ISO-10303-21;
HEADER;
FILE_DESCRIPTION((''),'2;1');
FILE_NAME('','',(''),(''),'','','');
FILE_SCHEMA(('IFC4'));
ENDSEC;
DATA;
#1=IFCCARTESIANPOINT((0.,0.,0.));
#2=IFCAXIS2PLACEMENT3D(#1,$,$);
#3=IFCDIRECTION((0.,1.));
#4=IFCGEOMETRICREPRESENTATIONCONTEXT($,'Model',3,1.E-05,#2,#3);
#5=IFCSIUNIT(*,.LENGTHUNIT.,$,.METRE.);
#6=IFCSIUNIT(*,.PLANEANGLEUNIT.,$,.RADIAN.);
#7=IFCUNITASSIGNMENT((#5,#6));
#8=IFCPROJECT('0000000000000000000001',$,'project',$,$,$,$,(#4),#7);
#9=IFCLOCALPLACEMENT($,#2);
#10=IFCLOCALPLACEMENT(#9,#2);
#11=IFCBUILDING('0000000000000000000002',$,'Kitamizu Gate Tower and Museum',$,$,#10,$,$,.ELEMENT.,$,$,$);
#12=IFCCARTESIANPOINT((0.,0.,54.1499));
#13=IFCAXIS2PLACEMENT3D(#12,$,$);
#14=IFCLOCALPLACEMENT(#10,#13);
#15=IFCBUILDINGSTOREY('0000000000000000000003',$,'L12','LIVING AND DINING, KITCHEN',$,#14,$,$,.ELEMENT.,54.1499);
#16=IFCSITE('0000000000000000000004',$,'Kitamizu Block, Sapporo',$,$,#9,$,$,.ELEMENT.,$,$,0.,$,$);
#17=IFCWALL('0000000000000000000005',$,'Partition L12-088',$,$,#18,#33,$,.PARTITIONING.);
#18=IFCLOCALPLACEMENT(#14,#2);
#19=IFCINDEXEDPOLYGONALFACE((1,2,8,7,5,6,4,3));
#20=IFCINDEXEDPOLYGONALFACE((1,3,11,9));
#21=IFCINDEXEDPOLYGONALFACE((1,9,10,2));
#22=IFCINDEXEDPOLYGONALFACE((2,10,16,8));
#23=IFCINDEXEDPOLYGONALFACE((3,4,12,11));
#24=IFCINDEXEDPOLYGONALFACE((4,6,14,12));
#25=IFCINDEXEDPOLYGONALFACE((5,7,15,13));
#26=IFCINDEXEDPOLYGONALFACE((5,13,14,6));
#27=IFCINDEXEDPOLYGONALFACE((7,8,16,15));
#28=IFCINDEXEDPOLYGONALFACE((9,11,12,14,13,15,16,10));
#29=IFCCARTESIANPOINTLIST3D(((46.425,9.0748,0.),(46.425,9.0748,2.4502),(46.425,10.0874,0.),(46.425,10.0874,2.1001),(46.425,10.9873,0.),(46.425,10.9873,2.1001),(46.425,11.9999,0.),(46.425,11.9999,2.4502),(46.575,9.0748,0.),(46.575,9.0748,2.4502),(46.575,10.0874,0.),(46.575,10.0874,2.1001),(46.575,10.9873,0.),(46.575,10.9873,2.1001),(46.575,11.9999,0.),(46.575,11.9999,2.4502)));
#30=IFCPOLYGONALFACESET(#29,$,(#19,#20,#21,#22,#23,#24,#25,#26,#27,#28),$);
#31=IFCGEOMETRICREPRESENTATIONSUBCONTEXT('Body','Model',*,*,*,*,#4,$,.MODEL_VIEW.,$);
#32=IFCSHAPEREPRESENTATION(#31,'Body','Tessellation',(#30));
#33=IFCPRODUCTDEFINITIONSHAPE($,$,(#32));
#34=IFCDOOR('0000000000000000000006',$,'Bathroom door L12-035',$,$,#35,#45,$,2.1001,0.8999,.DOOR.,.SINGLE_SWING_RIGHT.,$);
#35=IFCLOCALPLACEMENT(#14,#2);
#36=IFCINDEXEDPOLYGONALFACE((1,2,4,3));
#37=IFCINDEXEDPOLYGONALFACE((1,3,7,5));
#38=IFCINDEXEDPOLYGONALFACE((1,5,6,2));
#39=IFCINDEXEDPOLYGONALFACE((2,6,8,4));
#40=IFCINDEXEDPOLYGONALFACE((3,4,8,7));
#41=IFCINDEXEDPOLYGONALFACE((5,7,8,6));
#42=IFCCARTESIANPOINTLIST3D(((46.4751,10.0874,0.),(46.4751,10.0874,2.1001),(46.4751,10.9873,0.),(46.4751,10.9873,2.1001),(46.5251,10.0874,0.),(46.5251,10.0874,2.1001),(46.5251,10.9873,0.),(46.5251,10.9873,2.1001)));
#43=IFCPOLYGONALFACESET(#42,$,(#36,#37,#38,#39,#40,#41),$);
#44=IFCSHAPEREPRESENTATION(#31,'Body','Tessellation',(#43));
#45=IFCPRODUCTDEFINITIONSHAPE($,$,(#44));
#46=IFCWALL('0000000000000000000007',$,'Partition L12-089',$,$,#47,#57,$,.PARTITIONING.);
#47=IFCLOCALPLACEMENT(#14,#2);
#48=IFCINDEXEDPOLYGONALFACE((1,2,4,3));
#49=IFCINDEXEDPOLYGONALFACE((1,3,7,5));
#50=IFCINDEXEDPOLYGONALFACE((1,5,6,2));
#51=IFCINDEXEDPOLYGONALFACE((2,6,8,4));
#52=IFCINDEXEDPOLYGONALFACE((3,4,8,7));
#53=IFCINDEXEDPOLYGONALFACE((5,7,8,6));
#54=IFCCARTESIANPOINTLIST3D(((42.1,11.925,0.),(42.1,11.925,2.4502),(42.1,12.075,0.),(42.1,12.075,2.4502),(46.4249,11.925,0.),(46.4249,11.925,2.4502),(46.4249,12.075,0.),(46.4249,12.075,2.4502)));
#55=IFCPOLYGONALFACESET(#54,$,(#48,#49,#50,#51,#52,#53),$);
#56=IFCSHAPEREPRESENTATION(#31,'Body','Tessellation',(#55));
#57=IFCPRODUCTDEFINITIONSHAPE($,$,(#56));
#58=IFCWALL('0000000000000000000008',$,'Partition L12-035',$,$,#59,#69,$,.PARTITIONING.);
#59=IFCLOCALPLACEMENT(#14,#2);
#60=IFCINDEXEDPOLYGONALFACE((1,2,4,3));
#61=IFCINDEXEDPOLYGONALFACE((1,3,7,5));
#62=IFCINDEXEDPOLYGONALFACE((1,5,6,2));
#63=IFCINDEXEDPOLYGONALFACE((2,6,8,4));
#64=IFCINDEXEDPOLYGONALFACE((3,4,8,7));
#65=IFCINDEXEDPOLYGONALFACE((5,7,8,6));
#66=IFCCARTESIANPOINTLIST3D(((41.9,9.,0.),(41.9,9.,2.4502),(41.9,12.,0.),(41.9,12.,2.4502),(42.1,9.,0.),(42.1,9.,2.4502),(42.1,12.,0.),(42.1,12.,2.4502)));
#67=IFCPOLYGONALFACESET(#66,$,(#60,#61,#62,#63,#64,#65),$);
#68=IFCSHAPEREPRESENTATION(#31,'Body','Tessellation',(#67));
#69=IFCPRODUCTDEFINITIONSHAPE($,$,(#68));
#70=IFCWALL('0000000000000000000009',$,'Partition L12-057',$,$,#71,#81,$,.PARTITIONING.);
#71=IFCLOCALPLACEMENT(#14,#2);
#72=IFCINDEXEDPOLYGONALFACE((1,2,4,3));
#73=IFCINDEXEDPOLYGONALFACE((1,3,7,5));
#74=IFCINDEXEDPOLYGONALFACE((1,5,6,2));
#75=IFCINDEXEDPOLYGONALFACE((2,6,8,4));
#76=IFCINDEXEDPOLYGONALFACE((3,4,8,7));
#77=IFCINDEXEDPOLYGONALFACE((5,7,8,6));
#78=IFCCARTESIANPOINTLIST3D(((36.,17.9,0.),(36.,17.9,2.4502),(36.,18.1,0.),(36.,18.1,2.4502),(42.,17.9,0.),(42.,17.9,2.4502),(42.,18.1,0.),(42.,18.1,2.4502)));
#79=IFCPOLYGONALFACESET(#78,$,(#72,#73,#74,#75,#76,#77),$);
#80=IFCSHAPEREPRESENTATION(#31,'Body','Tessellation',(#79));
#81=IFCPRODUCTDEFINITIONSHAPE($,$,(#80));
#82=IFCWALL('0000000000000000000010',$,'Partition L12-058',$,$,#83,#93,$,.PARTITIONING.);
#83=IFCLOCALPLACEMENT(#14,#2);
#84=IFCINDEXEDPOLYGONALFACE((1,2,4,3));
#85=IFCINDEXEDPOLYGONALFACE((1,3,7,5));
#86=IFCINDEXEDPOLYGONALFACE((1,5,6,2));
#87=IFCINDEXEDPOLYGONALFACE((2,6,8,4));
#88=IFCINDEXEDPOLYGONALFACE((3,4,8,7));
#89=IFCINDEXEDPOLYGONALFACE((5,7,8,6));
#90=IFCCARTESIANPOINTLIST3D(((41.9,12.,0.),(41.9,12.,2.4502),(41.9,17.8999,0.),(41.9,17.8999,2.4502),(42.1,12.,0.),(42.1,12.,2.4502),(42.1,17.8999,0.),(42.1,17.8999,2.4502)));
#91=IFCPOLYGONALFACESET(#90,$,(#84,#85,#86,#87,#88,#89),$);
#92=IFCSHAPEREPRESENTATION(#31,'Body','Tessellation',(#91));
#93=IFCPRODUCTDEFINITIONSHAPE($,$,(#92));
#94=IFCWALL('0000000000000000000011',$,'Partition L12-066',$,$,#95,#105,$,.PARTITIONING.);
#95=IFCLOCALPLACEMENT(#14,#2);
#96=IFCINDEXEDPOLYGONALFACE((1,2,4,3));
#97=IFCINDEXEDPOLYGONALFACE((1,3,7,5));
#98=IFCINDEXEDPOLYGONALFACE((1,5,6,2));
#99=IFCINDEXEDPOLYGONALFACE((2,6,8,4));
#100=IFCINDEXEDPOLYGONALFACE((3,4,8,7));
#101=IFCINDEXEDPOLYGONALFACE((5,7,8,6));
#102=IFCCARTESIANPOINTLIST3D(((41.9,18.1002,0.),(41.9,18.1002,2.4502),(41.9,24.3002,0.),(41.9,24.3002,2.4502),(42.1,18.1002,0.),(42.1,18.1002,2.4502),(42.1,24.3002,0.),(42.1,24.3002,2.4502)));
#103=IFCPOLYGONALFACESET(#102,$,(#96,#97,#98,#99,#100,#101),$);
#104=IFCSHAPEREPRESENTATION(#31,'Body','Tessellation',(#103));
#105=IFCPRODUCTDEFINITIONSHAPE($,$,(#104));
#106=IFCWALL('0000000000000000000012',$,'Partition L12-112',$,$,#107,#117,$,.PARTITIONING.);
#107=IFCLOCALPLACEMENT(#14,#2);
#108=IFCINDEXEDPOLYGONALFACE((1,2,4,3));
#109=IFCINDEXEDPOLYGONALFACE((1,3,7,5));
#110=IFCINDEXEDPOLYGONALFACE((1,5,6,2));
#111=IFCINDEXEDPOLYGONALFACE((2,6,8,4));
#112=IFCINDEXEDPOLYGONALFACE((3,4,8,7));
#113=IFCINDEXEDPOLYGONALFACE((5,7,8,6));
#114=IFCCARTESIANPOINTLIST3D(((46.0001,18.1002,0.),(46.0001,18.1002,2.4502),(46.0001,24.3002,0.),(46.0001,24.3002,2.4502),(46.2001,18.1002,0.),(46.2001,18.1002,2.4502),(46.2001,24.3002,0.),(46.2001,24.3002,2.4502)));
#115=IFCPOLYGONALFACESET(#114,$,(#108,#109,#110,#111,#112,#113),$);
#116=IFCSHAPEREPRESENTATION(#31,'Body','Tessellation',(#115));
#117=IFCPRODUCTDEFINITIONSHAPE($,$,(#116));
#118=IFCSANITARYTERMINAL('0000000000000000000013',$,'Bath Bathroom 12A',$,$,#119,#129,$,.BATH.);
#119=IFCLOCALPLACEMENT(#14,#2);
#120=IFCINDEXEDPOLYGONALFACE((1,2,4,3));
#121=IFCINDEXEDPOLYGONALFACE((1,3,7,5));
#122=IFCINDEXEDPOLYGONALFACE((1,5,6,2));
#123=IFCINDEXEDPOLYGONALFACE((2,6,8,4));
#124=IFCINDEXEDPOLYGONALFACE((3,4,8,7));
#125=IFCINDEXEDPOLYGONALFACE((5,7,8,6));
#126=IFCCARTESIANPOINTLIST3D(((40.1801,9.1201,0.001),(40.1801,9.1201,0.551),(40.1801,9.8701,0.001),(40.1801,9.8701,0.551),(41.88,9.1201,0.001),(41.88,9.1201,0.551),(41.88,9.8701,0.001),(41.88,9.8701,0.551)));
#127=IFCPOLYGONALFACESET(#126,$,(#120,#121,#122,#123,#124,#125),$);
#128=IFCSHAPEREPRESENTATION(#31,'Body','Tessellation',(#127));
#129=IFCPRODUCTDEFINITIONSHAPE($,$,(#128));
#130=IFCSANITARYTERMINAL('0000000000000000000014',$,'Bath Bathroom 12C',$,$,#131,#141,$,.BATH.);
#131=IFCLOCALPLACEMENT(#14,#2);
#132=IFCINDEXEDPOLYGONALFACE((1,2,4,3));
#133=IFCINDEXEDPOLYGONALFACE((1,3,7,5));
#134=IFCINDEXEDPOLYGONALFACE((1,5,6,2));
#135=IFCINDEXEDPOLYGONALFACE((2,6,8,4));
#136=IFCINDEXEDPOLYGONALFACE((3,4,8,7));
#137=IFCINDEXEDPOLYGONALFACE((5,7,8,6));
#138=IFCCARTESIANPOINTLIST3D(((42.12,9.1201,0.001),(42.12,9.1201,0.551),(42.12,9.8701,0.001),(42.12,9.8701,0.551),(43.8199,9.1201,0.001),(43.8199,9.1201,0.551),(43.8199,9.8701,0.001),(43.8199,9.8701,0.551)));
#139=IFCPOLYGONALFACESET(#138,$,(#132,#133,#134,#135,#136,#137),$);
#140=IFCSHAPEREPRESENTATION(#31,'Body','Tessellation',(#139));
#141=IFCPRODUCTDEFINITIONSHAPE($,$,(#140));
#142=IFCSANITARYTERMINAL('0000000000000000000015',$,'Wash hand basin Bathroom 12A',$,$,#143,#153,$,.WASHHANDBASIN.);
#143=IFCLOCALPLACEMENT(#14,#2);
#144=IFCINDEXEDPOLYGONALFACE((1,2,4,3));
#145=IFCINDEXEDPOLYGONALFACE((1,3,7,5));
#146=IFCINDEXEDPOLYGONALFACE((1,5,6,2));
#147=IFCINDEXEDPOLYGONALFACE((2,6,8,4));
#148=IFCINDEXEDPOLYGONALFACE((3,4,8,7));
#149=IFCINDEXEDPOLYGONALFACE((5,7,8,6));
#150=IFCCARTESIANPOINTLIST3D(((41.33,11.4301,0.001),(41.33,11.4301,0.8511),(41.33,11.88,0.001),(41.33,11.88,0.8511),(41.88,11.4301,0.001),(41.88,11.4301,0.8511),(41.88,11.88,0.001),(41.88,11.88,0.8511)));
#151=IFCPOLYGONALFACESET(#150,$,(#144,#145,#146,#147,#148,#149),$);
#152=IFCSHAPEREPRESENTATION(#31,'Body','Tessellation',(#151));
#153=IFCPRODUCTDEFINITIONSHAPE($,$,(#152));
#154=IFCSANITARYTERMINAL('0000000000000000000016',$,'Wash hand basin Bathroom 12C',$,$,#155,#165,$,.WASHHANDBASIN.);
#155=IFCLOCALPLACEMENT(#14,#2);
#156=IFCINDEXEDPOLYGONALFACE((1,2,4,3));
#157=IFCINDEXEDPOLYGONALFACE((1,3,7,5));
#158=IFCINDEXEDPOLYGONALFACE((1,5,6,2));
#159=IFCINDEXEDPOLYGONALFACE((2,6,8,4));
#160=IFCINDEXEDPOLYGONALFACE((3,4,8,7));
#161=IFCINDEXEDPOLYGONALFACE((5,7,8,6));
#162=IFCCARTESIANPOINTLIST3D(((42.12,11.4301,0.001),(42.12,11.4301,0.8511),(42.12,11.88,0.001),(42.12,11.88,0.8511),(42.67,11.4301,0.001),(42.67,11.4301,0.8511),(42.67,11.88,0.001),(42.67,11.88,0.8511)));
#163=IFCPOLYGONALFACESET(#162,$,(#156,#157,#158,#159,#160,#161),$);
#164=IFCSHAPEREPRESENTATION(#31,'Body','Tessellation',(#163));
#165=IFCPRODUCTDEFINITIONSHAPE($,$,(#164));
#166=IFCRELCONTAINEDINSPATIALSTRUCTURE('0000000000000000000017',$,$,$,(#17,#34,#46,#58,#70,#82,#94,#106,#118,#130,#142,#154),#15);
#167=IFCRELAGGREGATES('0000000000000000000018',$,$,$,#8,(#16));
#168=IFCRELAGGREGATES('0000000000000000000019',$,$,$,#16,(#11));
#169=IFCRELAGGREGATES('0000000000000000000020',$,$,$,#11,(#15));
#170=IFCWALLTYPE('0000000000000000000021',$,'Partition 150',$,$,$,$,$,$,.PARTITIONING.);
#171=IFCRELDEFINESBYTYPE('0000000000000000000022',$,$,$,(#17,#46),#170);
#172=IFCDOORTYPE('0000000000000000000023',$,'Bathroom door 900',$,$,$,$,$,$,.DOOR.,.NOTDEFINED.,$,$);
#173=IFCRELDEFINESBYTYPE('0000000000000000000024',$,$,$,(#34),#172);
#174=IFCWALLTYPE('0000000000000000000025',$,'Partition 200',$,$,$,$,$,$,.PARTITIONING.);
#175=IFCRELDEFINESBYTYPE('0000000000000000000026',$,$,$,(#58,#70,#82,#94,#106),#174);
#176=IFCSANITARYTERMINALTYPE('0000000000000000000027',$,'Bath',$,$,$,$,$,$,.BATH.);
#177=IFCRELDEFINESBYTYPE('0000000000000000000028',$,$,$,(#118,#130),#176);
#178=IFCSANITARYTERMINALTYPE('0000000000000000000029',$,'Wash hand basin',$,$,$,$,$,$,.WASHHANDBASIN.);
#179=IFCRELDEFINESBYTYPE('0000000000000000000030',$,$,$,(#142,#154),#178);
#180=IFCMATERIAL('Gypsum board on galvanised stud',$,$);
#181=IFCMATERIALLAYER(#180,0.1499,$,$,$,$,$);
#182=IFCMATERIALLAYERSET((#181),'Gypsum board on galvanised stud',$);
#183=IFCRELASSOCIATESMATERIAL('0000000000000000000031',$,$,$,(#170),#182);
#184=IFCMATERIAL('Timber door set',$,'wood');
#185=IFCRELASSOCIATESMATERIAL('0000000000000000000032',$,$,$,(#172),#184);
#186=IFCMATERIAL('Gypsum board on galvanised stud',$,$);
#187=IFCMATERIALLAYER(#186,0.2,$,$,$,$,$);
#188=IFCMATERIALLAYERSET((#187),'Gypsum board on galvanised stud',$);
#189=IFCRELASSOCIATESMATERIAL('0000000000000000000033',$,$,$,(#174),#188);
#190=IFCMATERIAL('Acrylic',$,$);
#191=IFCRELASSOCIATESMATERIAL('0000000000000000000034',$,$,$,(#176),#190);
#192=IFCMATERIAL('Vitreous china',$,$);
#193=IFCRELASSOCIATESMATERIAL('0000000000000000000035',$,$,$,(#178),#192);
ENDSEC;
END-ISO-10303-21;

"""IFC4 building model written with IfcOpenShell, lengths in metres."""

from ifc_helpers import new_model, si_unit, direction, frame, frame_2d, origin, origin_2d, place, context, subcontext, project, spatial, rectangle, extrude, material, layer, layer_set, type_object, element, fill, save


model = new_model("IFC4")

# Units and contexts
model_context = context("Model", 3, precision=1e-05, world=origin(), true_north=direction((0.0, 1.0)))
body_context = subcontext(model_context, "Body", "Model", "MODEL_VIEW")
ifc_project = project(units=[si_unit("LENGTHUNIT", "METRE"), si_unit("PLANEANGLEUNIT", "RADIAN")], contexts=[model_context])

# Site, building, storey
site_placement = place(None, origin())
site = spatial("IfcSite", under=ifc_project, at=site_placement, Name="Kitamizu Block, Sapporo", CompositionType="ELEMENT", RefElevation=0.0)
building_placement = place(site_placement, origin())
building = spatial("IfcBuilding", under=site, at=building_placement, Name="Kitamizu Gate Tower and Museum", CompositionType="ELEMENT")
storey_placement = place(building_placement, frame((0.0, 0.0, 54.1499)))
storey = spatial("IfcBuildingStorey", under=building, at=storey_placement, Name="L12", Description="LIVING AND DINING, KITCHEN", CompositionType="ELEMENT", Elevation=54.1499)

# Shared definitions
ifc_material_1 = material(Name="Gypsum board on galvanised stud")
ifc_layer_1 = layer(ifc_material_1, 0.1499)
ifc_layer_set_1 = layer_set([ifc_layer_1], Name="Gypsum board on galvanised stud")
wall_type_1 = type_object("IfcWallType", Name="Partition 150", PredefinedType="PARTITIONING", material=ifc_layer_set_1)

# Wall, opening, door
wall_1_placement = place(storey_placement, frame((46.5, 9.075, 0.0), z_axis=(0.0, 0.0, 1.0), x_axis=(0.0, 1.0, 0.0)))
wall_1 = element("IfcWall", 1, at=wall_1_placement, inside=storey, type_object=wall_type_1, Name="Partition L12-088", PredefinedType="PARTITIONING", context=body_context, shape_type="SweptSolid", body=[
    extrude(rectangle(XDim=2.925, YDim=0.1499, at=frame_2d((1.4624, 0.0))), origin(), (0.0, 0.0, 1.0), 2.4502),
])
opening_1_placement = place(wall_1_placement, frame((1.0125, 0.0, 0.0)))
opening_1 = element("IfcOpeningElement", 2, at=opening_1_placement, cuts=wall_1, PredefinedType="OPENING", context=body_context, shape_type="SweptSolid", body=[
    extrude(rectangle(XDim=0.8999, YDim=2.1001, at=frame_2d((0.45, 1.05))), frame((0.0, 0.085, 0.0), z_axis=(0.0, -1.0, 0.0), x_axis=(1.0, 0.0, 0.0)), (0.0, 0.0, 1.0), 0.1699),
])
ifc_material_2 = material(Name="Timber door set", Category="wood")
door_type_1 = type_object("IfcDoorType", Name="Bathroom door 900", OperationType="NOTDEFINED", PredefinedType="DOOR", material=ifc_material_2)
door_1_placement = place(opening_1_placement, origin())
door_1 = element("IfcDoor", 3, at=door_1_placement, inside=storey, type_object=door_type_1, Name="Bathroom door L12-035", OperationType="SINGLE_SWING_RIGHT", OverallHeight=2.1001, OverallWidth=0.8999, PredefinedType="DOOR", context=body_context, shape_type="SweptSolid", body=[
    extrude(rectangle(XDim=0.8999, YDim=2.1001, at=frame_2d((0.45, 1.05))), frame((0.0, 0.0249, 0.0), z_axis=(0.0, -1.0, 0.0), x_axis=(1.0, 0.0, 0.0)), (0.0, 0.0, 1.0), 0.05),
])
fill(opening_1, door_1)

# Walls
wall_2_placement = place(storey_placement, frame((46.425, 12.0, 0.0), z_axis=(0.0, 0.0, 1.0), x_axis=(-1.0, 0.0, 0.0)))
element("IfcWall", 4, at=wall_2_placement, inside=storey, type_object=wall_type_1, Name="Partition L12-089", PredefinedType="PARTITIONING", context=body_context, shape_type="SweptSolid", body=[
    extrude(rectangle(XDim=4.325, YDim=0.1499, at=frame_2d((2.1626, 0.0))), origin(), (0.0, 0.0, 1.0), 2.4502),
])
ifc_material_3 = material(Name="Gypsum board on galvanised stud")
ifc_layer_2 = layer(ifc_material_3, 0.2)
ifc_layer_set_2 = layer_set([ifc_layer_2], Name="Gypsum board on galvanised stud")
wall_type_2 = type_object("IfcWallType", Name="Partition 200", PredefinedType="PARTITIONING", material=ifc_layer_set_2)
wall_3_placement = place(storey_placement, frame((42.0, 9.0, 0.0), z_axis=(0.0, 0.0, 1.0), x_axis=(0.0, 1.0, 0.0)))
element("IfcWall", 5, at=wall_3_placement, inside=storey, type_object=wall_type_2, Name="Partition L12-035", PredefinedType="PARTITIONING", context=body_context, shape_type="SweptSolid", body=[
    extrude(rectangle(XDim=3.0, YDim=0.2, at=frame_2d((1.5, 0.0))), origin(), (0.0, 0.0, 1.0), 2.4502),
])
wall_4_placement = place(storey_placement, frame((42.0, 18.0, 0.0), z_axis=(0.0, 0.0, 1.0), x_axis=(-1.0, 0.0, 0.0)))
element("IfcWall", 6, at=wall_4_placement, inside=storey, type_object=wall_type_2, Name="Partition L12-057", PredefinedType="PARTITIONING", context=body_context, shape_type="SweptSolid", body=[
    extrude(rectangle(XDim=6.0, YDim=0.2, at=frame_2d((3.0, 0.0))), origin(), (0.0, 0.0, 1.0), 2.4502),
])
wall_5_placement = place(storey_placement, frame((42.0, 12.0, 0.0), z_axis=(0.0, 0.0, 1.0), x_axis=(0.0, 1.0, 0.0)))
element("IfcWall", 7, at=wall_5_placement, inside=storey, type_object=wall_type_2, Name="Partition L12-058", PredefinedType="PARTITIONING", context=body_context, shape_type="SweptSolid", body=[
    extrude(rectangle(XDim=5.8999, YDim=0.2, at=frame_2d((2.95, 0.0))), origin(), (0.0, 0.0, 1.0), 2.4502),
])
for number, where, z_axis, x_axis, name in (
    (8, (42.0, 18.1001, 0.0), (0.0, 0.0, 1.0), (0.0, 1.0, 0.0), "Partition L12-066"),
    (9, (46.1001, 18.1001, 0.0), (0.0, 0.0, 1.0), (0.0, 1.0, 0.0), "Partition L12-112"),
):
    element("IfcWall", number, at=place(storey_placement, frame(where, z_axis=z_axis, x_axis=x_axis)), inside=storey, type_object=wall_type_2, Name=name, PredefinedType="PARTITIONING", context=body_context, shape_type="SweptSolid", body=[
        extrude(rectangle(XDim=6.2, YDim=0.2, at=frame_2d((3.1001, 0.0))), origin(), (0.0, 0.0, 1.0), 2.4502),
    ])

# Sanitary terminals
ifc_material_4 = material(Name="Acrylic")
sanitary_terminal_type_1 = type_object("IfcSanitaryTerminalType", Name="Bath", PredefinedType="BATH", material=ifc_material_4)
for number, where, z_axis, x_axis, name in (
    (10, (41.03, 9.4951, 0.001), (0.0, 0.0, 1.0), (1.0, 0.0, 0.0), "Bath Bathroom 12A"),
    (11, (42.97, 9.4951, 0.001), (0.0, 0.0, 1.0), (1.0, 0.0, 0.0), "Bath Bathroom 12C"),
):
    element("IfcSanitaryTerminal", number, at=place(storey_placement, frame(where, z_axis=z_axis, x_axis=x_axis)), inside=storey, type_object=sanitary_terminal_type_1, Name=name, PredefinedType="BATH", context=body_context, shape_type="SweptSolid", body=[
        extrude(rectangle(XDim=1.7, YDim=0.75, at=origin_2d()), origin(), (0.0, 0.0, 1.0), 0.55),
    ])
ifc_material_5 = material(Name="Vitreous china")
sanitary_terminal_type_2 = type_object("IfcSanitaryTerminalType", Name="Wash hand basin", PredefinedType="WASHHANDBASIN", material=ifc_material_5)
for number, where, z_axis, x_axis, name in (
    (12, (41.605, 11.655, 0.001), (0.0, 0.0, 1.0), (1.0, 0.0, 0.0), "Wash hand basin Bathroom 12A"),
    (13, (42.395, 11.655, 0.001), (0.0, 0.0, 1.0), (1.0, 0.0, 0.0), "Wash hand basin Bathroom 12C"),
):
    element("IfcSanitaryTerminal", number, at=place(storey_placement, frame(where, z_axis=z_axis, x_axis=x_axis)), inside=storey, type_object=sanitary_terminal_type_2, Name=name, PredefinedType="WASHHANDBASIN", context=body_context, shape_type="SweptSolid", body=[
        extrude(rectangle(XDim=0.55, YDim=0.45, at=origin_2d()), origin(), (0.0, 0.0, 1.0), 0.8501),
    ])

save(model, "model.ifc")
